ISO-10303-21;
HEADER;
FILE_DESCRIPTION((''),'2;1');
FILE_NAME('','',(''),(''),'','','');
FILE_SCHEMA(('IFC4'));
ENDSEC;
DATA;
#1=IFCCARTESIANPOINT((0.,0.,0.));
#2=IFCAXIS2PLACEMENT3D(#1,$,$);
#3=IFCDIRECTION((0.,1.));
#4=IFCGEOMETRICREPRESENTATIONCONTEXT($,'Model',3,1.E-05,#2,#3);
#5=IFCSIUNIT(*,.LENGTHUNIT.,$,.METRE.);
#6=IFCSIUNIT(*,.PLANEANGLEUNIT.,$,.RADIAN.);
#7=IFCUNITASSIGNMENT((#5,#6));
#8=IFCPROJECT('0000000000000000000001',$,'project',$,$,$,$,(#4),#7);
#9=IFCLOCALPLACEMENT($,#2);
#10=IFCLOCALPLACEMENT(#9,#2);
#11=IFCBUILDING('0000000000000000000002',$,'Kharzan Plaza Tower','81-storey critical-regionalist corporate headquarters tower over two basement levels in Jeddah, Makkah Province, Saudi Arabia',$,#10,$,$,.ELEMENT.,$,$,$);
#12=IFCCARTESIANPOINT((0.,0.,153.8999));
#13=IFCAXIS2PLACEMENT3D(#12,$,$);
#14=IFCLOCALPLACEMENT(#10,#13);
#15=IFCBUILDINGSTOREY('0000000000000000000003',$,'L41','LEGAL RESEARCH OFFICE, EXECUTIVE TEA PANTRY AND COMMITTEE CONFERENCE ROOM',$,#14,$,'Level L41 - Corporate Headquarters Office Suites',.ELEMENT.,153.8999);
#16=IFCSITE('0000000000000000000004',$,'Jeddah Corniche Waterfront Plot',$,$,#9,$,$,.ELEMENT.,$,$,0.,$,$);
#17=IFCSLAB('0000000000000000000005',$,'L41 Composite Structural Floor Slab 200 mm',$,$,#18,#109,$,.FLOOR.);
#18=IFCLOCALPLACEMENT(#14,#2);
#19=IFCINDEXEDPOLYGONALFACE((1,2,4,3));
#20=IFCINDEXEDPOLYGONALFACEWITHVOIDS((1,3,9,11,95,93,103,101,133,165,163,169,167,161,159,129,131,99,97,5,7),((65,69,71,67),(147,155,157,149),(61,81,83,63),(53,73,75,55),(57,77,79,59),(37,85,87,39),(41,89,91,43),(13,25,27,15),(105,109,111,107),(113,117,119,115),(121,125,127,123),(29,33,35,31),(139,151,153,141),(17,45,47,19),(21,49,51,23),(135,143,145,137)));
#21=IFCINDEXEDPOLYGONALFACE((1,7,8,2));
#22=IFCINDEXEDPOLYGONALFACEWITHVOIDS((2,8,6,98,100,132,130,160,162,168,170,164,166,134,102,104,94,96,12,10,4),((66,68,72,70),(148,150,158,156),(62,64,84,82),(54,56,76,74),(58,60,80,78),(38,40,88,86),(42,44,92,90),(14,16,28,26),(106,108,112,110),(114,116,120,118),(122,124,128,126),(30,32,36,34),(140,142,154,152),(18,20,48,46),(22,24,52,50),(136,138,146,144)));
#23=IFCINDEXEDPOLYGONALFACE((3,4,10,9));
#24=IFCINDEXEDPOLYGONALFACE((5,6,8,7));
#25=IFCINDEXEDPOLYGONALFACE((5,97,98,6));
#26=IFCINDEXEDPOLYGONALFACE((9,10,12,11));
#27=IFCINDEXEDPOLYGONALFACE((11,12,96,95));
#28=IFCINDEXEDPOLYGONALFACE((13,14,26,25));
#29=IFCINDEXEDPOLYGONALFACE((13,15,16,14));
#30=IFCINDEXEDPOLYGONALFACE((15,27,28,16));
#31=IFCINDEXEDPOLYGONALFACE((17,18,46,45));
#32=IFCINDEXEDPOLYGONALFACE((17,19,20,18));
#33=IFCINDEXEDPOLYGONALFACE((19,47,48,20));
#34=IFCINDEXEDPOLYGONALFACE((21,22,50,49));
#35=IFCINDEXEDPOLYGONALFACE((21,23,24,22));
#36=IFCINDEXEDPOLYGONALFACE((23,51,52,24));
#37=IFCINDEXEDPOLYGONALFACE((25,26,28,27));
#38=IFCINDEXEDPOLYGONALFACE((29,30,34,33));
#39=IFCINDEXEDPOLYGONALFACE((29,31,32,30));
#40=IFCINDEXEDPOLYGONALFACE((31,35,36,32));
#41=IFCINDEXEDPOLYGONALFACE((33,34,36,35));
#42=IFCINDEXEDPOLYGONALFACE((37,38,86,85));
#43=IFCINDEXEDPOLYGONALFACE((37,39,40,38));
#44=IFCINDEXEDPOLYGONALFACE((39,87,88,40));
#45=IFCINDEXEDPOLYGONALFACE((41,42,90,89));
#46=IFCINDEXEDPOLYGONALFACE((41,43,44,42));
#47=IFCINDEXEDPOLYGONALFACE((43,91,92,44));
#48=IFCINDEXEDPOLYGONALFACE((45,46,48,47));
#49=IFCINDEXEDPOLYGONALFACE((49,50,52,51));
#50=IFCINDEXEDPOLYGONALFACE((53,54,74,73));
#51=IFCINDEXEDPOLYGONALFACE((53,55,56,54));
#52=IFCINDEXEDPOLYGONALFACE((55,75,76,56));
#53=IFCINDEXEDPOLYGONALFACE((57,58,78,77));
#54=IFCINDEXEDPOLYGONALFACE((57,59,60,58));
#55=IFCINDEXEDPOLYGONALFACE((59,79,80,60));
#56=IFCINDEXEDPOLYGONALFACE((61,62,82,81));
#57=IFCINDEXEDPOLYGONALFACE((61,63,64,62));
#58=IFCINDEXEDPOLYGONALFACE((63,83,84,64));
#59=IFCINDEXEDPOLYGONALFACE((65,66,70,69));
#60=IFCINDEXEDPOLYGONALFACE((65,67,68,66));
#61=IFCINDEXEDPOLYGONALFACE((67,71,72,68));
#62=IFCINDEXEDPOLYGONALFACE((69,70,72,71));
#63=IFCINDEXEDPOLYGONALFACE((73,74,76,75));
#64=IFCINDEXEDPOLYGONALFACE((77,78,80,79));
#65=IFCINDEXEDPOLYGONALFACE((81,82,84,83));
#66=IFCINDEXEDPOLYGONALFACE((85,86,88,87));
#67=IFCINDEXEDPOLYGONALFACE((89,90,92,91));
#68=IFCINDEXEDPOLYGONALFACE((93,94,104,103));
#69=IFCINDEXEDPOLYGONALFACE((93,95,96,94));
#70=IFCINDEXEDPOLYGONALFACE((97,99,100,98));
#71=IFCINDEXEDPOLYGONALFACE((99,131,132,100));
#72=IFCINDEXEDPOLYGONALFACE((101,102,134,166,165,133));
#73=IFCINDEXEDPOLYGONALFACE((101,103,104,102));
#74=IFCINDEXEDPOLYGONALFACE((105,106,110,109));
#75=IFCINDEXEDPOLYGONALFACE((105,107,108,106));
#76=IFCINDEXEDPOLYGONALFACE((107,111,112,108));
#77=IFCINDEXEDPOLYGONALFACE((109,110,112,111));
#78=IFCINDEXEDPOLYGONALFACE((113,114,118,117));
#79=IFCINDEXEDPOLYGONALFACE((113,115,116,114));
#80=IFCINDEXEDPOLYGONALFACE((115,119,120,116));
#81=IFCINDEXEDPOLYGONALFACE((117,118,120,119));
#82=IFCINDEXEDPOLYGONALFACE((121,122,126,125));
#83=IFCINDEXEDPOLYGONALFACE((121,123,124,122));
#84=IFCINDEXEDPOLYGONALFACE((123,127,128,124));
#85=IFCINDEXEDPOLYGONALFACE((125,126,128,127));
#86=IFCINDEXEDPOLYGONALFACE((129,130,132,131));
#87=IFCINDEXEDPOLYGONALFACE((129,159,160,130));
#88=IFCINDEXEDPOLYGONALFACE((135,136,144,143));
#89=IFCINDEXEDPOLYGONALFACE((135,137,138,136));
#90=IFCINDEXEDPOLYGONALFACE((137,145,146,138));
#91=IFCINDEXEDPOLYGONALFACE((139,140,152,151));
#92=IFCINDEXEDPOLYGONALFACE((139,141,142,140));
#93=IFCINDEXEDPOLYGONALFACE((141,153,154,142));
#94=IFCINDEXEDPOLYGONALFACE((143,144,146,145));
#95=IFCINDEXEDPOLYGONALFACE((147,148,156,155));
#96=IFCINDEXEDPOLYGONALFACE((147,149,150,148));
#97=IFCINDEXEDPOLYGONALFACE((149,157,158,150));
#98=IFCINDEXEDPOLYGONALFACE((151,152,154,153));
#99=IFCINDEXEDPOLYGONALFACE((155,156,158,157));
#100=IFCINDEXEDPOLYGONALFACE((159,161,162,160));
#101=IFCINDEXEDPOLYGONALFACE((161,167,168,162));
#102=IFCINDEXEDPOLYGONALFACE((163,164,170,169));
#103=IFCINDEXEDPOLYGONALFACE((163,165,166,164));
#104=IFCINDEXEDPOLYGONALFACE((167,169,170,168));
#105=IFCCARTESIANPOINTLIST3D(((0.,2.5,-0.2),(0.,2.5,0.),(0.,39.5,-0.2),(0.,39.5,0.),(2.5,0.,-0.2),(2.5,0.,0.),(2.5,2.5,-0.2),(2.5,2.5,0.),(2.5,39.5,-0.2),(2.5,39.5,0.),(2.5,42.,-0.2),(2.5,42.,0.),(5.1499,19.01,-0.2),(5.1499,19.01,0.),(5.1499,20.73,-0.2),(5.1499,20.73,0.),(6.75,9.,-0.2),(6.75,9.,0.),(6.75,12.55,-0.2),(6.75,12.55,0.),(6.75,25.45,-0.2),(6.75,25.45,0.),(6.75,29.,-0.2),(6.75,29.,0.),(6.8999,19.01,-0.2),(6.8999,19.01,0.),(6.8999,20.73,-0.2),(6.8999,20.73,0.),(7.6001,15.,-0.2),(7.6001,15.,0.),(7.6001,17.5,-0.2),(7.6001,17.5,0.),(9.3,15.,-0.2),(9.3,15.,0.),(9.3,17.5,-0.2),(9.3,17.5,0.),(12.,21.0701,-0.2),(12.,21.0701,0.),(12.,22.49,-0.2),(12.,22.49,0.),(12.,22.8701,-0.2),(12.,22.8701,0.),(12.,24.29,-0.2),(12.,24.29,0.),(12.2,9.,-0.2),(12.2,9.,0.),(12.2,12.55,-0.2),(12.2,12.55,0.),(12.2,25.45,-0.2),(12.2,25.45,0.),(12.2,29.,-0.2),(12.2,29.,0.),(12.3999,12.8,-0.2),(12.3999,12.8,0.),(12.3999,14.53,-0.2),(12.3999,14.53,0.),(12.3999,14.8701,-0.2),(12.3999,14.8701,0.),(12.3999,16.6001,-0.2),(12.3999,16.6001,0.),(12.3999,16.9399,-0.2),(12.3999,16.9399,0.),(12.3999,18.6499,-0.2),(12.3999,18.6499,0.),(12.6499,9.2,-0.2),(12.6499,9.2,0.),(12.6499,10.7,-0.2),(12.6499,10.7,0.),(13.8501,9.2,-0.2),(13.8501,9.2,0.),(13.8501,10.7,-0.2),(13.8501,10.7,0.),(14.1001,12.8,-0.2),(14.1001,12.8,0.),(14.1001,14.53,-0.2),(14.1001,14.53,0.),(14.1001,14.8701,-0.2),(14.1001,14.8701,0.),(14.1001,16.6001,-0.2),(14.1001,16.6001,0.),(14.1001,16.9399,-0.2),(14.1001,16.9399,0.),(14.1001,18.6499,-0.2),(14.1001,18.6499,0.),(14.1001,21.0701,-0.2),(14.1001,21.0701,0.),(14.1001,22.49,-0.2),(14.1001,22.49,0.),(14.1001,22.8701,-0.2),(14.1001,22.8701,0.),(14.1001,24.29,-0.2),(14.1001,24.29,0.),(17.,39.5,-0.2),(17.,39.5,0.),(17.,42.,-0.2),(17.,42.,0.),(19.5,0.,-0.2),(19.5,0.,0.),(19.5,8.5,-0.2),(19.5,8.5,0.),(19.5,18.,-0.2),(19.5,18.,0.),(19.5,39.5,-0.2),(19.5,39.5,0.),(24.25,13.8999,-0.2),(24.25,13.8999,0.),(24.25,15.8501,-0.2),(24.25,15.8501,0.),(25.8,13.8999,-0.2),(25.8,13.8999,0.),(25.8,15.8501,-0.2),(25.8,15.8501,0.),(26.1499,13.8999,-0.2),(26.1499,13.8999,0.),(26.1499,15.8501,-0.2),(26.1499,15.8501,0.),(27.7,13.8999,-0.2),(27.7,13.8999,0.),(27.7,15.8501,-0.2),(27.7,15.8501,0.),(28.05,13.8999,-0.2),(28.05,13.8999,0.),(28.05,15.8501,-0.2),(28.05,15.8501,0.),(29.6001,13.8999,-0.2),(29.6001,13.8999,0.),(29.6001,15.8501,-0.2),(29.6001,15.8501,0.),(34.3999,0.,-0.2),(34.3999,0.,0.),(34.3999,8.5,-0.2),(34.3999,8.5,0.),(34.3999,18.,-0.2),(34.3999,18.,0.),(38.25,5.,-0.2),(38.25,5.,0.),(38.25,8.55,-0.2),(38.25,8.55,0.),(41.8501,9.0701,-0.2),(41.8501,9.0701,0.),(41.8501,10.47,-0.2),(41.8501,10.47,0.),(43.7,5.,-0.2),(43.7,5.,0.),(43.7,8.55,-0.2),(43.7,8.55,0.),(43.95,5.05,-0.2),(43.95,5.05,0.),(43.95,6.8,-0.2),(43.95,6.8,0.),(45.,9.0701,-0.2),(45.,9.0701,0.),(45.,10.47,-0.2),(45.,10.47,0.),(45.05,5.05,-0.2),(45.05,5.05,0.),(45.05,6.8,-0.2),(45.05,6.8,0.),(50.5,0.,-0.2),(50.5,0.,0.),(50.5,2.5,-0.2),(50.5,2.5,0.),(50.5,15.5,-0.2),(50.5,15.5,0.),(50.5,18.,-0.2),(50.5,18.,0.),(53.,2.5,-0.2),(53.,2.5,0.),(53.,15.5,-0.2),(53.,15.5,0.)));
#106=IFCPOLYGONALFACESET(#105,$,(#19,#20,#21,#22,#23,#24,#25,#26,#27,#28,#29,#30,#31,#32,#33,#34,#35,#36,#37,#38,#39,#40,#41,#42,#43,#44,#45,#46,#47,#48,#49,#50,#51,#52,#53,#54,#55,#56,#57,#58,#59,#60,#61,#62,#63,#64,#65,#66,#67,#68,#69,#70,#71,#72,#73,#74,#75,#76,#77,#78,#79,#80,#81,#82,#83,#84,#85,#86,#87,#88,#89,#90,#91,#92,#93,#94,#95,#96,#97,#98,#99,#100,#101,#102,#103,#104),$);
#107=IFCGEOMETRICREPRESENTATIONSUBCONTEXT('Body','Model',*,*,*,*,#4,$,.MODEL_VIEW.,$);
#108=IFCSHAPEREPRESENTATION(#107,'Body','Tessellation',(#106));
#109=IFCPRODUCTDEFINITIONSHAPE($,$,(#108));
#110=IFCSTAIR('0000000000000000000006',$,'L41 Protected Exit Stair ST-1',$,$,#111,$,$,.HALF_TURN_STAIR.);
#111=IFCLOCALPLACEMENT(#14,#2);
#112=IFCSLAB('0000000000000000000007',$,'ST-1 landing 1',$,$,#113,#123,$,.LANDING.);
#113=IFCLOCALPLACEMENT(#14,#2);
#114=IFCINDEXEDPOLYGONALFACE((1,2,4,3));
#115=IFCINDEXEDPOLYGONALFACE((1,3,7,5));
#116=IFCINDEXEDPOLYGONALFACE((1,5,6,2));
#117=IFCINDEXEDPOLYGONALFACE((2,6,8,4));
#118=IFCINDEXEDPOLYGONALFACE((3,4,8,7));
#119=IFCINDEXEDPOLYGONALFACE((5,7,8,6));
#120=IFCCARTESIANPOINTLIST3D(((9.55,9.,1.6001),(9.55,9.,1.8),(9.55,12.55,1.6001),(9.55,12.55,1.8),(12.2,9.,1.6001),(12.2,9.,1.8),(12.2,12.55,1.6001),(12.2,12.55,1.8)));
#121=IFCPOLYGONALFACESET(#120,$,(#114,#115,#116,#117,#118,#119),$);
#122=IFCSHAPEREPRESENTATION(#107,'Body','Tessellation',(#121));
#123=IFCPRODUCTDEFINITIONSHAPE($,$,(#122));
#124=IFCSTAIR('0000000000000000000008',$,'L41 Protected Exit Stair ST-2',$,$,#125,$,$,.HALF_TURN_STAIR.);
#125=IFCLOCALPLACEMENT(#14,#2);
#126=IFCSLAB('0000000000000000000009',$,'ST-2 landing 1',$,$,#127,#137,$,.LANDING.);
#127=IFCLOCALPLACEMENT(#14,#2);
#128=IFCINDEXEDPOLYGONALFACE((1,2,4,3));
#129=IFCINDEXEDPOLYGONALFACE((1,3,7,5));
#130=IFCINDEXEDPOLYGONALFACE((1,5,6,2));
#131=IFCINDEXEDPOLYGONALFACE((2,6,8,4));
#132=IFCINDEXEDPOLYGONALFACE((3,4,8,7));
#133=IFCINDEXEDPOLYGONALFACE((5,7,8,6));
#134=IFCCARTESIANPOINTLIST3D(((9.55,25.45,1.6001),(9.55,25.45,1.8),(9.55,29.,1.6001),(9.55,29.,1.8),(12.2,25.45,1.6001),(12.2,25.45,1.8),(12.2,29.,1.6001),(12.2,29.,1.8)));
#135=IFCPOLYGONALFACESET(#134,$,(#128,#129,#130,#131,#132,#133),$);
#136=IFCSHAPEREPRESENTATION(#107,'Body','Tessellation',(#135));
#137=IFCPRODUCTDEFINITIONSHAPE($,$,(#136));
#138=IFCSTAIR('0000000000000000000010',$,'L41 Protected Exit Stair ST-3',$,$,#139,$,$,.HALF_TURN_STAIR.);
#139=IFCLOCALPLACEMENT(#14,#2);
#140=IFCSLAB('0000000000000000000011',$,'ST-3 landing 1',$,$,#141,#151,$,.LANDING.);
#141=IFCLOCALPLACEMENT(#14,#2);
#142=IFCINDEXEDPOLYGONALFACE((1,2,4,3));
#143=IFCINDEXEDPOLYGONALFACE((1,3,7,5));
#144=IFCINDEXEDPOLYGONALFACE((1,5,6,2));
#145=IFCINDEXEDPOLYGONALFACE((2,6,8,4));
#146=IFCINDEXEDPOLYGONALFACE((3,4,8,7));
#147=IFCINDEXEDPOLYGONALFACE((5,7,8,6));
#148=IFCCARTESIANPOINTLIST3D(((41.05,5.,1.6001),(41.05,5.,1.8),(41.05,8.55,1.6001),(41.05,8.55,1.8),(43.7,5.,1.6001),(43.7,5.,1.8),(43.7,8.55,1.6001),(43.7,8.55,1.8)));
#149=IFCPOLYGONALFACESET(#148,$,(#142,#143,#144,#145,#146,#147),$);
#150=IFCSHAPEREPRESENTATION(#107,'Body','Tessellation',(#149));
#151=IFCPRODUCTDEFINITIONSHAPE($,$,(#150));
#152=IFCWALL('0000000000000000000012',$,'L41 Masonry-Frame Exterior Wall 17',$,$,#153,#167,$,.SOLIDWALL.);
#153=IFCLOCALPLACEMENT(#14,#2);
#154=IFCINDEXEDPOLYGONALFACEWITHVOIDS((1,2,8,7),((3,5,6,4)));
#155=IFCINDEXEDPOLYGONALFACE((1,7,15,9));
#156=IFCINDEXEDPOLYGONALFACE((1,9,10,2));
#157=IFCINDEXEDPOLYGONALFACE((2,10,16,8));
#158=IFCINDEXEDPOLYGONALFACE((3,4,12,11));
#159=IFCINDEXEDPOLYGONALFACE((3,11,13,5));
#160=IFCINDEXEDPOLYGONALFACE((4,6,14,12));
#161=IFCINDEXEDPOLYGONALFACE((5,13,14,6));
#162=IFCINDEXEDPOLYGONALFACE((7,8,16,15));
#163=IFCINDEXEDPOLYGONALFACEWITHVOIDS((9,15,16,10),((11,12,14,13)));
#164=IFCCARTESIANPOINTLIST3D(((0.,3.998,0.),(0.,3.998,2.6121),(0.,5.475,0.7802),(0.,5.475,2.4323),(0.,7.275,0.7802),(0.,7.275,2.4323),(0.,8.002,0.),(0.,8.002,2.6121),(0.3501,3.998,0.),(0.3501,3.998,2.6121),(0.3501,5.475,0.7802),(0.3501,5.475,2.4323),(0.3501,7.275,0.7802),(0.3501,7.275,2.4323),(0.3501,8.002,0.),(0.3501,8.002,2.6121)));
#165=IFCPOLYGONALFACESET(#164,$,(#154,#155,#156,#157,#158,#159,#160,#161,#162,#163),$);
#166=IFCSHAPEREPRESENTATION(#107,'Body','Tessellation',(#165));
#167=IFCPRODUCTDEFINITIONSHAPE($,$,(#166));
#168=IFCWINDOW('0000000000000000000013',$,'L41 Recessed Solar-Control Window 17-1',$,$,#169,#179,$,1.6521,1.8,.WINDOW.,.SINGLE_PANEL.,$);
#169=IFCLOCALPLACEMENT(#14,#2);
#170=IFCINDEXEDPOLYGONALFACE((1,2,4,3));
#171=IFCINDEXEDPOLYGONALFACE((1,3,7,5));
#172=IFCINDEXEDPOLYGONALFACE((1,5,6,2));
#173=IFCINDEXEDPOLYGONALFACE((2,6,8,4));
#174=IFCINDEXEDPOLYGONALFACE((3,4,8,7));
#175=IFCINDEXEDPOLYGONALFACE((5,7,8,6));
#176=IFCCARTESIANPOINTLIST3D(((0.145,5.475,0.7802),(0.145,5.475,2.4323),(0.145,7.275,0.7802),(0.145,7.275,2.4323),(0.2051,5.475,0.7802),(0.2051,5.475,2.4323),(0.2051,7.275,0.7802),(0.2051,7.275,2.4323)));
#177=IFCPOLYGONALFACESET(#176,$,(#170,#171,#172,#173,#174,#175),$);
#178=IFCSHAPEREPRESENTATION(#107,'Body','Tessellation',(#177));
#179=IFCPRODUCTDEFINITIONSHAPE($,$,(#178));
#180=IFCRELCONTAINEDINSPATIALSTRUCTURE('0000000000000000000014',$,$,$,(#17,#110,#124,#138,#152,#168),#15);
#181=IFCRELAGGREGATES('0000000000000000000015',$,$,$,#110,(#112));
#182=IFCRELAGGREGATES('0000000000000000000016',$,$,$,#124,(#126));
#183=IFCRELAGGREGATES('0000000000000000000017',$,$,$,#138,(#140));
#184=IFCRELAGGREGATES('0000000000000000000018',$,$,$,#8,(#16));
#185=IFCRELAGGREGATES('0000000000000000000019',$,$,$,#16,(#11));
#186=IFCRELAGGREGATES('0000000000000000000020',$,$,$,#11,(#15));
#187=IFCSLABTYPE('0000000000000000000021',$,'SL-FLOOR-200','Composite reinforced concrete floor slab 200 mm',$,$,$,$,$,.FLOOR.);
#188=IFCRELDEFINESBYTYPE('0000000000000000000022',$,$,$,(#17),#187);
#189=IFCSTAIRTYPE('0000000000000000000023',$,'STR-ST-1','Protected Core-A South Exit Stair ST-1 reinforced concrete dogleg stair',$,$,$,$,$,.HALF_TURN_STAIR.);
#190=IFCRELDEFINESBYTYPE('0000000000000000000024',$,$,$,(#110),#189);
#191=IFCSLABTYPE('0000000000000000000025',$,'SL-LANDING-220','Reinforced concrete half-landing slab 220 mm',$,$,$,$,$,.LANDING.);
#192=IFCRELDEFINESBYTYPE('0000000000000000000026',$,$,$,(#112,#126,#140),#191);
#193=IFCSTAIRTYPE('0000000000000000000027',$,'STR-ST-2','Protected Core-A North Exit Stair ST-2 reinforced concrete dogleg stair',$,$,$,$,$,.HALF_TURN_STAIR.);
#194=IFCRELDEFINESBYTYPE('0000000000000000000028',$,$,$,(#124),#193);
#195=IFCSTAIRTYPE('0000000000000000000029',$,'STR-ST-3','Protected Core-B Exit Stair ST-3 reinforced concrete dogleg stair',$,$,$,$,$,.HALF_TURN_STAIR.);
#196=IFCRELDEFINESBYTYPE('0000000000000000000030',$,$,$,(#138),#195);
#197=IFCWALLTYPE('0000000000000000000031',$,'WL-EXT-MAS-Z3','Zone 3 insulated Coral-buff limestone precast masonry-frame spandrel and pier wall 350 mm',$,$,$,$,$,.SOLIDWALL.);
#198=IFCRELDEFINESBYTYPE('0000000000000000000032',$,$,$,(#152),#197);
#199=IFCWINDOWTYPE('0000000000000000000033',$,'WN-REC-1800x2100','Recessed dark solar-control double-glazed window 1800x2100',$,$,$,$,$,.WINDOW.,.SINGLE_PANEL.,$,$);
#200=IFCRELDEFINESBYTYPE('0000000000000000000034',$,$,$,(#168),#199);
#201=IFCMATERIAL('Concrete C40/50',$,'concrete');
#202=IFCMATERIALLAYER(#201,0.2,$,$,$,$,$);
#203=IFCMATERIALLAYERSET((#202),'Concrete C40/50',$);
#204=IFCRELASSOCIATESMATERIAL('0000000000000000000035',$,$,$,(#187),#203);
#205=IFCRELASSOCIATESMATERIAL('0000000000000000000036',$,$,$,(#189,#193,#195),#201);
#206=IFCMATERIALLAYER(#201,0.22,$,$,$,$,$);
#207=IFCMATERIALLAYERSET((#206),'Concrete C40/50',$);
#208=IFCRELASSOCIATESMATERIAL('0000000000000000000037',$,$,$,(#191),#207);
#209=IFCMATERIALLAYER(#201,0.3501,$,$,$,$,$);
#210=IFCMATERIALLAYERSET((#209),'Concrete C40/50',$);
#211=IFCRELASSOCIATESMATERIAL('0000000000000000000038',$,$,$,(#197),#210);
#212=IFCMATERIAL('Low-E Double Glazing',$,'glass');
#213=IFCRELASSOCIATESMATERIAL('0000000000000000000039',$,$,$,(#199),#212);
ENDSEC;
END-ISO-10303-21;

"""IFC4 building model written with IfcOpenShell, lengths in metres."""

from ifc_helpers import new_model, si_unit, direction, frame, frame_2d, origin, place, context, subcontext, project, spatial, polyline, rectangle, outline, extrude, source, transform, mapped, material, layer, layer_set, type_object, element, fill, aggregate, save


model = new_model("IFC4")

# Units and contexts
model_context = context("Model", 3, precision=1e-05, world=origin(), true_north=direction((0.0, 1.0)))
body_context = subcontext(model_context, "Body", "Model", "MODEL_VIEW")
ifc_project = project(units=[si_unit("LENGTHUNIT", "METRE"), si_unit("PLANEANGLEUNIT", "RADIAN")], contexts=[model_context])

# Site, building, storey
site_placement = place(None, origin())
site = spatial("IfcSite", under=ifc_project, at=site_placement, Name="Jeddah Corniche Waterfront Plot", CompositionType="ELEMENT", RefElevation=0.0)
building_placement = place(site_placement, origin())
building = spatial("IfcBuilding", under=site, at=building_placement, Name="Kharzan Plaza Tower", Description="81-storey critical-regionalist corporate headquarters tower over two basement levels in Jeddah, Makkah Province, Saudi Arabia", CompositionType="ELEMENT")
storey_placement = place(building_placement, frame((0.0, 0.0, 153.8999)))
storey = spatial("IfcBuildingStorey", under=building, at=storey_placement, Name="L41", Description="LEGAL RESEARCH OFFICE, EXECUTIVE TEA PANTRY AND COMMITTEE CONFERENCE ROOM", LongName="Level L41 - Corporate Headquarters Office Suites", CompositionType="ELEMENT", Elevation=153.8999)

# Slab
ifc_material_1 = material(Name="Concrete C40/50", Category="concrete")
ifc_layer_1 = layer(ifc_material_1, 0.2)
ifc_layer_set_1 = layer_set([ifc_layer_1], Name="Concrete C40/50")
slab_type_1 = type_object("IfcSlabType", Name="SL-FLOOR-200", Description="Composite reinforced concrete floor slab 200 mm", PredefinedType="FLOOR", material=ifc_layer_set_1)
slab_1_placement = place(storey_placement, frame((0.0, 0.0, -0.2)))
element("IfcSlab", 1, at=slab_1_placement, inside=storey, type_object=slab_type_1, Name="L41 Composite Structural Floor Slab 200 mm", PredefinedType="FLOOR", context=body_context, shape_type="SweptSolid", body=[
    extrude(outline(polyline([(34.3999, 18.0), (19.5, 18.0), (19.5, 39.5), (17.0, 39.5), (17.0, 42.0), (2.5, 42.0), (2.5, 39.5), (0.0, 39.5), (0.0, 2.5), (2.5, 2.5), (2.5, 0.0), (19.5, 0.0), (19.5, 8.5), (34.3999, 8.5), (34.3999, 0.0), (50.5, 0.0), (50.5, 2.5), (53.0, 2.5), (53.0, 15.5), (50.5, 15.5), (50.5, 18.0), (34.3999, 18.0)]), holes=[polyline([(12.2, 9.0), (12.2, 12.55), (6.75, 12.55), (6.75, 9.0), (12.2, 9.0)]), polyline([(14.1001, 12.8), (14.1001, 14.53), (12.3999, 14.53), (12.3999, 12.8), (14.1001, 12.8)]), polyline([(14.1001, 14.8701), (14.1001, 16.6001), (12.3999, 16.6001), (12.3999, 14.8701), (14.1001, 14.8701)]), polyline([(9.3, 15.0), (9.3, 17.5), (7.6001, 17.5), (7.6001, 15.0), (9.3, 15.0)]), polyline([(6.8999, 19.01), (6.8999, 20.73), (5.1499, 20.73), (5.1499, 19.01), (6.8999, 19.01)]), polyline([(14.1001, 21.0701), (14.1001, 22.49), (12.0, 22.49), (12.0, 21.0701), (14.1001, 21.0701)]), polyline([(14.1001, 22.8701), (14.1001, 24.29), (12.0, 24.29), (12.0, 22.8701), (14.1001, 22.8701)]), polyline([(12.2, 25.45), (12.2, 29.0), (6.75, 29.0), (6.75, 25.45), (12.2, 25.45)]), polyline([(45.05, 5.05), (45.05, 6.8), (43.95, 6.8), (43.95, 5.05), (45.05, 5.05)]), polyline([(43.7, 5.0), (43.7, 8.55), (38.25, 8.55), (38.25, 5.0), (43.7, 5.0)]), polyline([(45.0, 9.0701), (45.0, 10.47), (41.8501, 10.47), (41.8501, 9.0701), (45.0, 9.0701)]), polyline([(13.8501, 9.2), (13.8501, 10.7), (12.6499, 10.7), (12.6499, 9.2), (13.8501, 9.2)]), polyline([(25.8, 13.8999), (25.8, 15.8501), (24.25, 15.8501), (24.25, 13.8999), (25.8, 13.8999)]), polyline([(27.7, 13.8999), (27.7, 15.8501), (26.1499, 15.8501), (26.1499, 13.8999), (27.7, 13.8999)]), polyline([(29.6001, 13.8999), (29.6001, 15.8501), (28.05, 15.8501), (28.05, 13.8999), (29.6001, 13.8999)]), polyline([(14.1001, 16.9399), (14.1001, 18.6499), (12.3999, 18.6499), (12.3999, 16.9399), (14.1001, 16.9399)])]), origin(), (0.0, 0.0, 1.0), 0.2),
])

# Stairs, slabs
stair_type_1 = type_object("IfcStairType", Name="STR-ST-1", Description="Protected Core-A South Exit Stair ST-1 reinforced concrete dogleg stair", PredefinedType="HALF_TURN_STAIR", material=ifc_material_1)
stair_1_placement = place(storey_placement, origin())
stair_1 = element("IfcStair", 2, at=stair_1_placement, inside=storey, type_object=stair_type_1, Name="L41 Protected Exit Stair ST-1", PredefinedType="HALF_TURN_STAIR")
ifc_layer_2 = layer(ifc_material_1, 0.22)
ifc_layer_set_2 = layer_set([ifc_layer_2], Name="Concrete C40/50")
slab_type_2 = type_object("IfcSlabType", Name="SL-LANDING-220", Description="Reinforced concrete half-landing slab 220 mm", PredefinedType="LANDING", material=ifc_layer_set_2)
slab_2_placement = place(storey_placement, frame((0.0, 0.0, 1.6001)))
slab_2 = element("IfcSlab", 3, at=slab_2_placement, type_object=slab_type_2, Name="ST-1 landing 1", PredefinedType="LANDING", context=body_context, shape_type="SweptSolid", body=[
    extrude(outline(polyline([(9.55, 9.0), (12.2, 9.0), (12.2, 12.55), (9.55, 12.55), (9.55, 9.0)])), origin(), (0.0, 0.0, 1.0), 0.2),
])
aggregate(stair_1, [slab_2])
stair_type_2 = type_object("IfcStairType", Name="STR-ST-2", Description="Protected Core-A North Exit Stair ST-2 reinforced concrete dogleg stair", PredefinedType="HALF_TURN_STAIR", material=ifc_material_1)
stair_2_placement = place(storey_placement, origin())
stair_2 = element("IfcStair", 4, at=stair_2_placement, inside=storey, type_object=stair_type_2, Name="L41 Protected Exit Stair ST-2", PredefinedType="HALF_TURN_STAIR")
slab_3_placement = place(storey_placement, frame((0.0, 0.0, 1.6001)))
slab_3 = element("IfcSlab", 5, at=slab_3_placement, type_object=slab_type_2, Name="ST-2 landing 1", PredefinedType="LANDING", context=body_context, shape_type="SweptSolid", body=[
    extrude(outline(polyline([(9.55, 25.45), (12.2, 25.45), (12.2, 29.0), (9.55, 29.0), (9.55, 25.45)])), origin(), (0.0, 0.0, 1.0), 0.2),
])
aggregate(stair_2, [slab_3])
stair_type_3 = type_object("IfcStairType", Name="STR-ST-3", Description="Protected Core-B Exit Stair ST-3 reinforced concrete dogleg stair", PredefinedType="HALF_TURN_STAIR", material=ifc_material_1)
stair_3_placement = place(storey_placement, origin())
stair_3 = element("IfcStair", 6, at=stair_3_placement, inside=storey, type_object=stair_type_3, Name="L41 Protected Exit Stair ST-3", PredefinedType="HALF_TURN_STAIR")
slab_4_placement = place(storey_placement, frame((0.0, 0.0, 1.6001)))
slab_4 = element("IfcSlab", 7, at=slab_4_placement, type_object=slab_type_2, Name="ST-3 landing 1", PredefinedType="LANDING", context=body_context, shape_type="SweptSolid", body=[
    extrude(outline(polyline([(41.05, 5.0), (43.7, 5.0), (43.7, 8.55), (41.05, 8.55), (41.05, 5.0)])), origin(), (0.0, 0.0, 1.0), 0.2),
])
aggregate(stair_3, [slab_4])

# Wall, opening, window
ifc_layer_3 = layer(ifc_material_1, 0.3501)
ifc_layer_set_3 = layer_set([ifc_layer_3], Name="Concrete C40/50")
wall_type_1 = type_object("IfcWallType", Name="WL-EXT-MAS-Z3", Description="Zone 3 insulated Coral-buff limestone precast masonry-frame spandrel and pier wall 350 mm", PredefinedType="SOLIDWALL", material=ifc_layer_set_3)
wall_1_placement = place(storey_placement, frame((0.175, 8.002, 0.0), z_axis=(0.0, 0.0, 1.0), x_axis=(0.0, -1.0, 0.0)))
wall_1 = element("IfcWall", 8, at=wall_1_placement, inside=storey, type_object=wall_type_1, Name="L41 Masonry-Frame Exterior Wall 17", PredefinedType="SOLIDWALL", context=body_context, shape_type="SweptSolid", body=[
    extrude(rectangle(XDim=4.0039, YDim=0.3501, at=frame_2d((2.002, 0.0))), origin(), (0.0, 0.0, 1.0), 2.6121),
])
opening_1_placement = place(wall_1_placement, frame((0.7271, 0.0, 0.78)))
opening_1 = element("IfcOpeningElement", 9, at=opening_1_placement, cuts=wall_1, PredefinedType="OPENING", context=body_context, shape_type="SweptSolid", body=[
    extrude(rectangle(XDim=1.8, YDim=1.6521, at=frame_2d((0.8999, 0.8262))), frame((0.0, 0.1851, 0.0), z_axis=(0.0, -1.0, 0.0), x_axis=(1.0, 0.0, 0.0)), (0.0, 0.0, 1.0), 0.3701),
])
ifc_material_2 = material(Name="Low-E Double Glazing", Category="glass")
window_type_1 = type_object("IfcWindowType", Name="WN-REC-1800x2100", Description="Recessed dark solar-control double-glazed window 1800x2100", PartitioningType="SINGLE_PANEL", PredefinedType="WINDOW", material=ifc_material_2)
shared_shape_1 = source(origin(), body_context, "Body", "SweptSolid", [
    extrude(rectangle(XDim=1.8, YDim=1.6521, at=frame_2d((0.8999, 0.8262))), frame((0.0, 0.03, 0.0), z_axis=(0.0, -1.0, 0.0), x_axis=(1.0, 0.0, 0.0)), (0.0, 0.0, 1.0), 0.0601),
])
window_1_placement = place(opening_1_placement, origin())
window_1 = element("IfcWindow", 10, at=window_1_placement, inside=storey, type_object=window_type_1, Name="L41 Recessed Solar-Control Window 17-1", OverallHeight=1.6521, OverallWidth=1.8, PartitioningType="SINGLE_PANEL", PredefinedType="WINDOW", context=body_context, shape_type="MappedRepresentation", body=[
    mapped(shared_shape_1, transform((0.0, 0.0, 0.0), x_axis=(1.0, 0.0, 0.0), y_axis=(0.0, 1.0, 0.0), z_axis=(0.0, 0.0, 1.0))),
])
fill(opening_1, window_1)

save(model, "model.ifc")
